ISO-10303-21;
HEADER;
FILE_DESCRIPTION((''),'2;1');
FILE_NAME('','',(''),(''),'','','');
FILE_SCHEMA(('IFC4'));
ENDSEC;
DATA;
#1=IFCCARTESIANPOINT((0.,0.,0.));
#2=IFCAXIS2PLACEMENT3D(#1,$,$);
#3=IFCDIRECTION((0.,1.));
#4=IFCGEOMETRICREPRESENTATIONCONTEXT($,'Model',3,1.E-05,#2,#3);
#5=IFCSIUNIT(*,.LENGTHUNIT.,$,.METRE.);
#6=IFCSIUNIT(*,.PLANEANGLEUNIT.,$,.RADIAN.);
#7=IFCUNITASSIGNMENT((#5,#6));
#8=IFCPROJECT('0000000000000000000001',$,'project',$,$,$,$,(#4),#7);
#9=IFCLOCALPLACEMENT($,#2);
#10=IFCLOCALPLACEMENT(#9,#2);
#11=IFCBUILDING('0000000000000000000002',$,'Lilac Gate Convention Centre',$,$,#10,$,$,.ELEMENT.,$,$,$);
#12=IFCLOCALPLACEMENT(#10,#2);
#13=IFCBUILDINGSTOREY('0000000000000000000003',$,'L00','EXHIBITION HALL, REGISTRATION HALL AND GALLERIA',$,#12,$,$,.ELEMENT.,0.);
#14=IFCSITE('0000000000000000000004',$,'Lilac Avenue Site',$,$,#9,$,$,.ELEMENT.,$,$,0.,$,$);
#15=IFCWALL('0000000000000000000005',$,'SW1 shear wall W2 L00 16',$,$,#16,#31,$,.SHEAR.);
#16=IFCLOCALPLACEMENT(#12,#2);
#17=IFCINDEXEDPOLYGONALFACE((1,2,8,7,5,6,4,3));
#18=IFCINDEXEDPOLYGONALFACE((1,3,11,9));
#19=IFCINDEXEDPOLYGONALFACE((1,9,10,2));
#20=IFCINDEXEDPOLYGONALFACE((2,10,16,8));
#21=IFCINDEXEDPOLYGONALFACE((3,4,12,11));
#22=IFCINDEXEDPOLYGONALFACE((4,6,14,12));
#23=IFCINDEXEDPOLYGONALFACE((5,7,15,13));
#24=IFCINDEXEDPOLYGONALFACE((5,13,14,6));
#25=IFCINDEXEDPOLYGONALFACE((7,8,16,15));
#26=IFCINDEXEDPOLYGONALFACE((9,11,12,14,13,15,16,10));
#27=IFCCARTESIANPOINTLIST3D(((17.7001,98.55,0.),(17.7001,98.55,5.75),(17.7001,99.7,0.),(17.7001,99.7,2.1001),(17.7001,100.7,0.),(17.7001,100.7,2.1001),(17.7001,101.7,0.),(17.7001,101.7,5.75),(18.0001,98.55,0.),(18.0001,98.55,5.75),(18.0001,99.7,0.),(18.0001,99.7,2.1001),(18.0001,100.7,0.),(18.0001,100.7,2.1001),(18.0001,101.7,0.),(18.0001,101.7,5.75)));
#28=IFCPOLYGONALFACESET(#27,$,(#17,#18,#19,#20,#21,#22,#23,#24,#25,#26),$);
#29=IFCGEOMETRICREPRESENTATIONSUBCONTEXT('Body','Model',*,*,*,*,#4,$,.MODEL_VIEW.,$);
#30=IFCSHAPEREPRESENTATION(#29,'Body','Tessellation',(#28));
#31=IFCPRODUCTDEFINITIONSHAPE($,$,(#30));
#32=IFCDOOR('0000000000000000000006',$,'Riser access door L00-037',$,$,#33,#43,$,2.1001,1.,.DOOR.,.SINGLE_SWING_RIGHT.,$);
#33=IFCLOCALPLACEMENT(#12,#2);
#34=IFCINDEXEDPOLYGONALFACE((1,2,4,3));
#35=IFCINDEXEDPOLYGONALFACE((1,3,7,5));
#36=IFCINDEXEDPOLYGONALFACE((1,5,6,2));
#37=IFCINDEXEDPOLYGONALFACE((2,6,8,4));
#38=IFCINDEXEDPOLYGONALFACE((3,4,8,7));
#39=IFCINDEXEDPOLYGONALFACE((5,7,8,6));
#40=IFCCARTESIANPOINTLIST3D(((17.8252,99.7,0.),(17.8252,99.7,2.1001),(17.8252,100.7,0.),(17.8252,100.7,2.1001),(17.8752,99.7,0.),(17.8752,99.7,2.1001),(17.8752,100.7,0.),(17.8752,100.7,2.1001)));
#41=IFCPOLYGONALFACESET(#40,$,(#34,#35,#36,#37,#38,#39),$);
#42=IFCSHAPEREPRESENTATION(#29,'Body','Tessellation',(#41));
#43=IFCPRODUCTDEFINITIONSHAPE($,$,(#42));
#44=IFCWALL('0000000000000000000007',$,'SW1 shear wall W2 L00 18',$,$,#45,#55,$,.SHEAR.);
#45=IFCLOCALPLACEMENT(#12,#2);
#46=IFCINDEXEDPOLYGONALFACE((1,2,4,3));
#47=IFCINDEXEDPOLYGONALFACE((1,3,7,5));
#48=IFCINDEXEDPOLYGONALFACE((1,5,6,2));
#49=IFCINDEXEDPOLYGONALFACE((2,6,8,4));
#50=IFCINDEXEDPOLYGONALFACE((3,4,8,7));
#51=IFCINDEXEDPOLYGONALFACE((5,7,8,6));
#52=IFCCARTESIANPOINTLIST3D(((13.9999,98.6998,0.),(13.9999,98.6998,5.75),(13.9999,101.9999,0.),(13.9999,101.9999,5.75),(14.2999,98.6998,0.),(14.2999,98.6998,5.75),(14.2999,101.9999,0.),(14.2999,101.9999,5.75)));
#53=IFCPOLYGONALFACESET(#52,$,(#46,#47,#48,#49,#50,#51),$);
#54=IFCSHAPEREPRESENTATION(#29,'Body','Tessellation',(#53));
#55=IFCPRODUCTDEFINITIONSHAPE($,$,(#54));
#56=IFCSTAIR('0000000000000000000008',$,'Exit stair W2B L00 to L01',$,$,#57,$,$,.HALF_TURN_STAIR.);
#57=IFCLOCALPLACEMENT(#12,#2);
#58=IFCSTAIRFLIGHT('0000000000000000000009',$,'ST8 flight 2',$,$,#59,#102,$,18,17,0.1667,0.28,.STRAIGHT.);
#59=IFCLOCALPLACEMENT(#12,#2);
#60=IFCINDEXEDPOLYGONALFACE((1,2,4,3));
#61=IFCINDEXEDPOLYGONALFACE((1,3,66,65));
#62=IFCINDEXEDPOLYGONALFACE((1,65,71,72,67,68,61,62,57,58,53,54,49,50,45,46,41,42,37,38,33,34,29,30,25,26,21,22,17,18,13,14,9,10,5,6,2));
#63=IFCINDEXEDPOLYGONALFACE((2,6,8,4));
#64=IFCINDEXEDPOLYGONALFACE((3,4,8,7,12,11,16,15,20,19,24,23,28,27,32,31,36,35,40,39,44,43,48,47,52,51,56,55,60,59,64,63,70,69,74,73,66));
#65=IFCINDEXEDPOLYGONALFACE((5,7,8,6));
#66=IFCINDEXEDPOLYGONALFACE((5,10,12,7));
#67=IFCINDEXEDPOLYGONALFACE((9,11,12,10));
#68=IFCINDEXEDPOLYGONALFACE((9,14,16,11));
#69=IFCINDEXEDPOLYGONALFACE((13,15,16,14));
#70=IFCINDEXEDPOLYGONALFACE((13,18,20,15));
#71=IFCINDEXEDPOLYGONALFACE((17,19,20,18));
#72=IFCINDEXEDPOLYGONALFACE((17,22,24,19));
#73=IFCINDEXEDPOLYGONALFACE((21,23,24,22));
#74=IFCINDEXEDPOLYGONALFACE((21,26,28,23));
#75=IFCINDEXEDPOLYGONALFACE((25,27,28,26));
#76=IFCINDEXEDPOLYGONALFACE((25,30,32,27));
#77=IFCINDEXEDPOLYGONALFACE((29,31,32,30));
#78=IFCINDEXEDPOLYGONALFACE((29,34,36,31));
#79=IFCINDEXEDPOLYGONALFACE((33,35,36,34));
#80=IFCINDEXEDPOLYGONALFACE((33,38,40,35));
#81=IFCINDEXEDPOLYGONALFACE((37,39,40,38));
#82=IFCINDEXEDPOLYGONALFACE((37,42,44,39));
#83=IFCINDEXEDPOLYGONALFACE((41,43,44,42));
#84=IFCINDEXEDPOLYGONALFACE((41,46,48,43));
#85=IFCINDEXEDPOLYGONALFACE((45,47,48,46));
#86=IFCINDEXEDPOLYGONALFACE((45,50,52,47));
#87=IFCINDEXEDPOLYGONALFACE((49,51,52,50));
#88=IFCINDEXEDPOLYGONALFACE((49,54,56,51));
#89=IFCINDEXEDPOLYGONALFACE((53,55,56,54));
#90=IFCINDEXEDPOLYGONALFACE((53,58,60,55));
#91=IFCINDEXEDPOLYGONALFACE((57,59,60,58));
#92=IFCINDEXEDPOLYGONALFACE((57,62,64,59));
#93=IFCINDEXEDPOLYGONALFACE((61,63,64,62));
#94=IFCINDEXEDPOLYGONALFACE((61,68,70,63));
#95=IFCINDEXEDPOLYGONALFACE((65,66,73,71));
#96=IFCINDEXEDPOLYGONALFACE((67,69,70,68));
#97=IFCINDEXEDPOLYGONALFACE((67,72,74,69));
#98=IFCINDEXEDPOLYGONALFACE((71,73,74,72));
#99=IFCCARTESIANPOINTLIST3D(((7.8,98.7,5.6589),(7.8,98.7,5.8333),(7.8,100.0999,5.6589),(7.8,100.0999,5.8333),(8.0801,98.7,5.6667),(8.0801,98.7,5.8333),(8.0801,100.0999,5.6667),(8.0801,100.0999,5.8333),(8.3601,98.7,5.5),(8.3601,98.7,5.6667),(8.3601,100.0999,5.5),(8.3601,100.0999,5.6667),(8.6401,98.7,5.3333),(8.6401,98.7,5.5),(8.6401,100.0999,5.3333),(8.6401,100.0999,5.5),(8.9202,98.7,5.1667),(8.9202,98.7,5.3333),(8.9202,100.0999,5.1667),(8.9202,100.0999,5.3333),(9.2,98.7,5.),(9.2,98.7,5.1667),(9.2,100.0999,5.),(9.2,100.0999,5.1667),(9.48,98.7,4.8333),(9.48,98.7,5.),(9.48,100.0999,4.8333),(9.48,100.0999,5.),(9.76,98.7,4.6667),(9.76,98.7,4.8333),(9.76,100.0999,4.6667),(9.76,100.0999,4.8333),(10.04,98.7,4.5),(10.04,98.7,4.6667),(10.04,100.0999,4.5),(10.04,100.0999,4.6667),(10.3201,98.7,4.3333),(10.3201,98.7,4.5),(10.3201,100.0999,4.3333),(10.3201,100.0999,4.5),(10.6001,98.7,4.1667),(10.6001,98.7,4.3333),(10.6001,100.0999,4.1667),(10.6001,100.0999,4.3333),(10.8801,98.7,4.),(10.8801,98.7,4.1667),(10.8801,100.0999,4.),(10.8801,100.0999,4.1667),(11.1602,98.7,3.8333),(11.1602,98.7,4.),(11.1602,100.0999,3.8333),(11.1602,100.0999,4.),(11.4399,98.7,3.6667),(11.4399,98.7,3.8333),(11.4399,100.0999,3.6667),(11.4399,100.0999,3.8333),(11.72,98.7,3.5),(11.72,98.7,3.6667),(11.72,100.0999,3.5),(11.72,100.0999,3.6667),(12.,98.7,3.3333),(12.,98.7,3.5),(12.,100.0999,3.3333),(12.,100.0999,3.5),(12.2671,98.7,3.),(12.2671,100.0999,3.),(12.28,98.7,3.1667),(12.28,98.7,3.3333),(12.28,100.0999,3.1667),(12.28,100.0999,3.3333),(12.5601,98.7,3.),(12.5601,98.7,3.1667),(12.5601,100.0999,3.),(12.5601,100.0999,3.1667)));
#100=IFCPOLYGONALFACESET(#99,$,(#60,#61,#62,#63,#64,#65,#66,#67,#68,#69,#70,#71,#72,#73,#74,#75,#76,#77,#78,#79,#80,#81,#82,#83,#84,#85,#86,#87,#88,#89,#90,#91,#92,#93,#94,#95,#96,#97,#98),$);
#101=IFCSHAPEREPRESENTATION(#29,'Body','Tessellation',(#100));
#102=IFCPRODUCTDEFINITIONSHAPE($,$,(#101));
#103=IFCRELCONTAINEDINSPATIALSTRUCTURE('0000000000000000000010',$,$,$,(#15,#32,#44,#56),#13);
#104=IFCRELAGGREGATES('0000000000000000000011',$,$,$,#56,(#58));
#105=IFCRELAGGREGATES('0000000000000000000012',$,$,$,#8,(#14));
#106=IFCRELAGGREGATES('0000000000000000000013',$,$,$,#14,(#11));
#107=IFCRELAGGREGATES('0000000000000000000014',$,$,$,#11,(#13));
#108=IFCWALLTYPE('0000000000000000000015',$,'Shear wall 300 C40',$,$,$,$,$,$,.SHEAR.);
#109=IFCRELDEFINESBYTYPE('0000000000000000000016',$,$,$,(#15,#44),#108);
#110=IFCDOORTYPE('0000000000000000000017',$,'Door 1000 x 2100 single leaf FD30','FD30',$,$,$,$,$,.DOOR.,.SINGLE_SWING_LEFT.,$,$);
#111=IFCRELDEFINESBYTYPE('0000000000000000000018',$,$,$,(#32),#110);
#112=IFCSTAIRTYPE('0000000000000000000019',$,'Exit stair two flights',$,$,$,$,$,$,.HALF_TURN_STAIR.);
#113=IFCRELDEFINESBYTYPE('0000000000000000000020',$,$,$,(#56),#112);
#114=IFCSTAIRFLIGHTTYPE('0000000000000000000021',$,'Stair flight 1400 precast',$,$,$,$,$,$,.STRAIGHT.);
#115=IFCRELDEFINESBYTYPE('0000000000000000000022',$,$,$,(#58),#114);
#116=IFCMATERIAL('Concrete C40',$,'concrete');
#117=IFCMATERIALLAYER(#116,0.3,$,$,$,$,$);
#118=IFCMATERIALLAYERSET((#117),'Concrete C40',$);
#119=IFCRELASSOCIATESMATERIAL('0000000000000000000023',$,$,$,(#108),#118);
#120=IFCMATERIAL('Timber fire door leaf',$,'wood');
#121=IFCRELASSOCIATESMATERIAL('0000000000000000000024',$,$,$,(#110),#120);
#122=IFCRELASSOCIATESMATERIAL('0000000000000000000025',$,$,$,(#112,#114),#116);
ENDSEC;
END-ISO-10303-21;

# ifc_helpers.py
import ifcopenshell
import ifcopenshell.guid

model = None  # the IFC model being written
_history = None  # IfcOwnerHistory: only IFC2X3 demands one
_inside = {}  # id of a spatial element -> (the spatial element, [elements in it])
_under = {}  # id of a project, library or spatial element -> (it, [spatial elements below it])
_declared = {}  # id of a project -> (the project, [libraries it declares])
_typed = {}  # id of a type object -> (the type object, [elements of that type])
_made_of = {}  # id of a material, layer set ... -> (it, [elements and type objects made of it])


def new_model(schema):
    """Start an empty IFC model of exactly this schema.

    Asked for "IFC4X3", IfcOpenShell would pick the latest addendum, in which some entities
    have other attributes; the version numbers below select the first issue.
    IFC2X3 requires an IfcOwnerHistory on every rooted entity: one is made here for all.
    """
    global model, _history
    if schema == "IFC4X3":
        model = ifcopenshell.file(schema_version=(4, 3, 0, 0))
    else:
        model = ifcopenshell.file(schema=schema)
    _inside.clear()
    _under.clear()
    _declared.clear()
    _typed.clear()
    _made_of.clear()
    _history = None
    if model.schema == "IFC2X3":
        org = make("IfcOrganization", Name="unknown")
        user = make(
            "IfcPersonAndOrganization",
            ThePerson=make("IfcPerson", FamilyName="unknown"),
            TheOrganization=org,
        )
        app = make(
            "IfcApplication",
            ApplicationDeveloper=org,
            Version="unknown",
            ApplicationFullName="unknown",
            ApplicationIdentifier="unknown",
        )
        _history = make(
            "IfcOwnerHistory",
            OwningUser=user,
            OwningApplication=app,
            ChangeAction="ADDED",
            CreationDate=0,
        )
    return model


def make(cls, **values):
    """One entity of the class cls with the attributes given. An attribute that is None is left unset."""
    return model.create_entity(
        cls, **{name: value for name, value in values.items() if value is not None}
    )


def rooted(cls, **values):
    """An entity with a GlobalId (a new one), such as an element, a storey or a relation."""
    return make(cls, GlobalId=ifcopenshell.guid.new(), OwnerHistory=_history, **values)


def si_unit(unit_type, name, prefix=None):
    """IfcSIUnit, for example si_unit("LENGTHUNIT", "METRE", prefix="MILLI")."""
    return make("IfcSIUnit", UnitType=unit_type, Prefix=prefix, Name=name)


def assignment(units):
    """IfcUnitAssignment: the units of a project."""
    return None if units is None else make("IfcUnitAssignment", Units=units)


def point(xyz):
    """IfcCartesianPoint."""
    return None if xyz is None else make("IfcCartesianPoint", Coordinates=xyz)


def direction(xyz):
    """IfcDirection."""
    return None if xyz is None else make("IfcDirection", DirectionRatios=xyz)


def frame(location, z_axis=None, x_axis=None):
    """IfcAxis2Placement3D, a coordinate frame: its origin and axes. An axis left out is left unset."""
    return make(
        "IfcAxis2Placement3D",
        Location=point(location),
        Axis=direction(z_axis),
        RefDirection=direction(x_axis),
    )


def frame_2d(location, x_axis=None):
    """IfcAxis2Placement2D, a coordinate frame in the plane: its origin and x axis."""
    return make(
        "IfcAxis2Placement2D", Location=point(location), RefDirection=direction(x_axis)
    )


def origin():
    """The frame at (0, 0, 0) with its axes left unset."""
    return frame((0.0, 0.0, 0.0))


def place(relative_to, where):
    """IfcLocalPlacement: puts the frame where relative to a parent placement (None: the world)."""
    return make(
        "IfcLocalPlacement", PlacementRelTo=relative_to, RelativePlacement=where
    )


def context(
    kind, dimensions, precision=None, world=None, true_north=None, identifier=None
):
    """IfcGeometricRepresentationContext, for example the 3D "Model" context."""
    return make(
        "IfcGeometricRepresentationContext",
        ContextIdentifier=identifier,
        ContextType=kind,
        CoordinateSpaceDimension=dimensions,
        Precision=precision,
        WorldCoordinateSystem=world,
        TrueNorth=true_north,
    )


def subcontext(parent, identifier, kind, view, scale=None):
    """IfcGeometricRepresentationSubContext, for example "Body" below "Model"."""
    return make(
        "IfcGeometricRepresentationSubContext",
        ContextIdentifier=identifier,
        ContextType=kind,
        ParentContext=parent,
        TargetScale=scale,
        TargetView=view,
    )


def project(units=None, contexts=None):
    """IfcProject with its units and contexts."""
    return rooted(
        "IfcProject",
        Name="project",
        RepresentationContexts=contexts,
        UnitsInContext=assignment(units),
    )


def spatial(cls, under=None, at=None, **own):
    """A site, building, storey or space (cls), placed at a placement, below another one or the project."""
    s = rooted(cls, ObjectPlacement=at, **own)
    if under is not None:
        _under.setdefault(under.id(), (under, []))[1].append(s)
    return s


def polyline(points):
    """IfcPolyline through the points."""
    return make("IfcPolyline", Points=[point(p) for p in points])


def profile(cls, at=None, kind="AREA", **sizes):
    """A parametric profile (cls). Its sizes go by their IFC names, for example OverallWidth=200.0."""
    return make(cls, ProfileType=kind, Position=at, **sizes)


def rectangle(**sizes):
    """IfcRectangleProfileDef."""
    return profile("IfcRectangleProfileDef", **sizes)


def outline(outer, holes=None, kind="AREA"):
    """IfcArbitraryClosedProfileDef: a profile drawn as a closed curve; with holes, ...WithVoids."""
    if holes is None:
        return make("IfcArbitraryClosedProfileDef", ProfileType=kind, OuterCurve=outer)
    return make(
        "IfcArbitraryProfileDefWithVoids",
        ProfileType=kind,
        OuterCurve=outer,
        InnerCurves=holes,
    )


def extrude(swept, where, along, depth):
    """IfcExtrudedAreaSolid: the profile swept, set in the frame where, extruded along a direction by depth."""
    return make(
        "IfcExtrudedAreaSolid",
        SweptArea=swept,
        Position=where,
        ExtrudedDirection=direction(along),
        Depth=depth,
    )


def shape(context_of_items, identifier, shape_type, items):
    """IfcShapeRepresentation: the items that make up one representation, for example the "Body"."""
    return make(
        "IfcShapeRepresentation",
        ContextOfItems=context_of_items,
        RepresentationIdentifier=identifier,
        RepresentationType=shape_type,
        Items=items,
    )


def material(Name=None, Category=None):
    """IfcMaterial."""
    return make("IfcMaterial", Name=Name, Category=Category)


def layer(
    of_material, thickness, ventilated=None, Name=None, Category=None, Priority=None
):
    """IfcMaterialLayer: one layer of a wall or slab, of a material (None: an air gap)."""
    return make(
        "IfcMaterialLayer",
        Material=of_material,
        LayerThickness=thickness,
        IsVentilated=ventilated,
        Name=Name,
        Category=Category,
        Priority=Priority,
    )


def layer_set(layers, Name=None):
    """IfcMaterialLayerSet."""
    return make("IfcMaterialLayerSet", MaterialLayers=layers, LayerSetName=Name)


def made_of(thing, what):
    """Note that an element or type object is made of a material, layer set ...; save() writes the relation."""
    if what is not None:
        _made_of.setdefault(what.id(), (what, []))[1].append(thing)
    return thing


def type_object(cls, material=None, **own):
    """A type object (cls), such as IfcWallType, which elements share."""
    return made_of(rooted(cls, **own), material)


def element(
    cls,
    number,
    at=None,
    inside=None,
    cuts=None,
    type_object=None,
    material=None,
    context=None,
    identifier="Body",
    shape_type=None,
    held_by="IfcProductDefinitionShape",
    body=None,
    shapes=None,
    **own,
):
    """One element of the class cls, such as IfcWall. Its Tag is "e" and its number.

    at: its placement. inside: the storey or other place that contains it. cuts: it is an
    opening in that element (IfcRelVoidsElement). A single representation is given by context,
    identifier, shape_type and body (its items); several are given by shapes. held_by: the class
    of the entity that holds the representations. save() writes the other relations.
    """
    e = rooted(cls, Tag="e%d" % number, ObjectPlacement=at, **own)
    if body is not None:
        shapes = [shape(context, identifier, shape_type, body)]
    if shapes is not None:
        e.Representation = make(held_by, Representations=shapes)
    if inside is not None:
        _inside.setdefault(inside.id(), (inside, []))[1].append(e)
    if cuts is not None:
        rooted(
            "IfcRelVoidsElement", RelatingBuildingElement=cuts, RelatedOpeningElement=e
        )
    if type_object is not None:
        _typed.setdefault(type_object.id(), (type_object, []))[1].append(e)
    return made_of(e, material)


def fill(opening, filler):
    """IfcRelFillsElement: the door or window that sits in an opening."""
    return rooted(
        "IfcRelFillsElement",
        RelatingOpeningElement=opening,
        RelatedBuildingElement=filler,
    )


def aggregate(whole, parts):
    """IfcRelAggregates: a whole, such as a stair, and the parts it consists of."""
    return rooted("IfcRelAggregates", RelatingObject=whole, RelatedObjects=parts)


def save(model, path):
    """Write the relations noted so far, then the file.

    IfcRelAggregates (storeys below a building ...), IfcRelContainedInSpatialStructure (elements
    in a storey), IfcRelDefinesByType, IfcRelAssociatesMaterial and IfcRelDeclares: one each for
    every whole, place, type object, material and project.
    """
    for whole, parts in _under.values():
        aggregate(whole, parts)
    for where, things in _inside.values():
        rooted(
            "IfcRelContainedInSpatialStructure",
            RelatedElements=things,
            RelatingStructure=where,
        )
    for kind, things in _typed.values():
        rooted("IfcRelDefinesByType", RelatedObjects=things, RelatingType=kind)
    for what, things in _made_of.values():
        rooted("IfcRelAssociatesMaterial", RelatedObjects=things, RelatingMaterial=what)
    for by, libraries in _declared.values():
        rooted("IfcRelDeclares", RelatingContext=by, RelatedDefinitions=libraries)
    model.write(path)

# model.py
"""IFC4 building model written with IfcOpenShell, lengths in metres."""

from ifc_helpers import new_model, si_unit, direction, frame, frame_2d, origin, place, context, subcontext, project, spatial, polyline, rectangle, outline, extrude, material, layer, layer_set, type_object, element, fill, aggregate, save


model = new_model("IFC4")

# Units and contexts
model_context = context("Model", 3, precision=1e-05, world=origin(), true_north=direction((0.0, 1.0)))
body_context = subcontext(model_context, "Body", "Model", "MODEL_VIEW")
ifc_project = project(units=[si_unit("LENGTHUNIT", "METRE"), si_unit("PLANEANGLEUNIT", "RADIAN")], contexts=[model_context])

# Site, building, storey
site_placement = place(None, origin())
site = spatial("IfcSite", under=ifc_project, at=site_placement, Name="Lilac Avenue Site", CompositionType="ELEMENT", RefElevation=0.0)
building_placement = place(site_placement, origin())
building = spatial("IfcBuilding", under=site, at=building_placement, Name="Lilac Gate Convention Centre", CompositionType="ELEMENT")
storey_placement = place(building_placement, origin())
storey = spatial("IfcBuildingStorey", under=building, at=storey_placement, Name="L00", Description="EXHIBITION HALL, REGISTRATION HALL AND GALLERIA", CompositionType="ELEMENT", Elevation=0.0)

# Shared definitions
ifc_material_1 = material(Name="Concrete C40", Category="concrete")

# Shared definitions
ifc_layer_1 = layer(ifc_material_1, 0.3)
ifc_layer_set_1 = layer_set([ifc_layer_1], Name="Concrete C40")
wall_type_1 = type_object("IfcWallType", Name="Shear wall 300 C40", PredefinedType="SHEAR", material=ifc_layer_set_1)

# Shared definitions
ifc_material_2 = material(Name="Timber fire door leaf", Category="wood")

# Wall, opening, door
wall_1_placement = place(storey_placement, frame((17.8501, 98.55, 0.0), z_axis=(0.0, 0.0, 1.0), x_axis=(0.0, 1.0, 0.0)))
wall_1 = element("IfcWall", 1, at=wall_1_placement, inside=storey, type_object=wall_type_1, Name="SW1 shear wall W2 L00 16", PredefinedType="SHEAR", context=body_context, shape_type="SweptSolid", body=[
    extrude(rectangle(XDim=3.1499, YDim=0.3, at=frame_2d((1.575, 0.0))), origin(), (0.0, 0.0, 1.0), 5.75),
])
opening_1_placement = place(wall_1_placement, frame((1.1499, 0.0, 0.0)))
opening_1 = element("IfcOpeningElement", 2, at=opening_1_placement, cuts=wall_1, PredefinedType="OPENING", context=body_context, shape_type="SweptSolid", body=[
    extrude(rectangle(XDim=1.0, YDim=2.1001, at=frame_2d((0.5, 1.05))), frame((0.0, 0.1599, 0.0), z_axis=(0.0, -1.0, 0.0), x_axis=(1.0, 0.0, 0.0)), (0.0, 0.0, 1.0), 0.3201),
])
door_type_1 = type_object("IfcDoorType", Name="Door 1000 x 2100 single leaf FD30", Description="FD30", OperationType="SINGLE_SWING_LEFT", PredefinedType="DOOR", material=ifc_material_2)
door_1_placement = place(opening_1_placement, origin())
door_1 = element("IfcDoor", 3, at=door_1_placement, inside=storey, type_object=door_type_1, Name="Riser access door L00-037", OperationType="SINGLE_SWING_RIGHT", OverallHeight=2.1001, OverallWidth=1.0, PredefinedType="DOOR", context=body_context, shape_type="SweptSolid", body=[
    extrude(rectangle(XDim=1.0, YDim=2.1001, at=frame_2d((0.5, 1.05))), frame((0.0, 0.0249, 0.0), z_axis=(0.0, -1.0, 0.0), x_axis=(1.0, 0.0, 0.0)), (0.0, 0.0, 1.0), 0.05),
])
fill(opening_1, door_1)

# Wall
wall_2_placement = place(storey_placement, frame((14.1499, 98.7, 0.0), z_axis=(0.0, 0.0, 1.0), x_axis=(0.0, 1.0, 0.0)))
element("IfcWall", 4, at=wall_2_placement, inside=storey, type_object=wall_type_1, Name="SW1 shear wall W2 L00 18", PredefinedType="SHEAR", context=body_context, shape_type="SweptSolid", body=[
    extrude(rectangle(XDim=3.3, YDim=0.3, at=frame_2d((1.6499, 0.0))), origin(), (0.0, 0.0, 1.0), 5.75),
])

# Stair, stair flight
stair_type = type_object("IfcStairType", Name="Exit stair two flights", PredefinedType="HALF_TURN_STAIR", material=ifc_material_1)
stair_placement = place(storey_placement, origin())
stair = element("IfcStair", 5, at=stair_placement, inside=storey, type_object=stair_type, Name="Exit stair W2B L00 to L01", PredefinedType="HALF_TURN_STAIR")
stair_flight_type = type_object("IfcStairFlightType", Name="Stair flight 1400 precast", PredefinedType="STRAIGHT", material=ifc_material_1)
stair_flight_placement = place(storey_placement, frame((12.5601, 99.3999, 3.0), z_axis=(0.0, 0.0, 1.0), x_axis=(-1.0, 0.0, 0.0)))
stair_flight = element("IfcStairFlight", 6, at=stair_flight_placement, type_object=stair_flight_type, Name="ST8 flight 2", NumberOfRisers=18, NumberOfTreads=17, PredefinedType="STRAIGHT", RiserHeight=0.1667, TreadLength=0.28, context=body_context, shape_type="SweptSolid", body=[
    extrude(outline(polyline([(0.0, 0.0), (0.0, 0.1667), (0.28, 0.1667), (0.28, 0.3333), (0.5601, 0.3333), (0.5601, 0.5), (0.8401, 0.5), (0.8401, 0.6667), (1.1201, 0.6667), (1.1201, 0.8333), (1.3999, 0.8333), (1.3999, 1.0), (1.6799, 1.0), (1.6799, 1.1667), (1.96, 1.1667), (1.96, 1.3333), (2.24, 1.3333), (2.24, 1.5), (2.52, 1.5), (2.52, 1.6667), (2.8, 1.6667), (2.8, 1.8333), (3.0801, 1.8333), (3.0801, 2.0), (3.3601, 2.0), (3.3601, 2.1667), (3.6399, 2.1667), (3.6399, 2.3333), (3.9199, 2.3333), (3.9199, 2.5), (4.2, 2.5), (4.2, 2.6667), (4.48, 2.6667), (4.48, 2.8333), (4.76, 2.8333), (4.76, 3.0), (4.76, 2.6589), (0.293, 0.0), (0.0, 0.0)])), frame((0.0, 0.7, 0.0), z_axis=(0.0, -1.0, 0.0), x_axis=(1.0, 0.0, 0.0)), (0.0, 0.0, 1.0), 1.3999),
])
aggregate(stair, [stair_flight])

save(model, "model.ifc")
